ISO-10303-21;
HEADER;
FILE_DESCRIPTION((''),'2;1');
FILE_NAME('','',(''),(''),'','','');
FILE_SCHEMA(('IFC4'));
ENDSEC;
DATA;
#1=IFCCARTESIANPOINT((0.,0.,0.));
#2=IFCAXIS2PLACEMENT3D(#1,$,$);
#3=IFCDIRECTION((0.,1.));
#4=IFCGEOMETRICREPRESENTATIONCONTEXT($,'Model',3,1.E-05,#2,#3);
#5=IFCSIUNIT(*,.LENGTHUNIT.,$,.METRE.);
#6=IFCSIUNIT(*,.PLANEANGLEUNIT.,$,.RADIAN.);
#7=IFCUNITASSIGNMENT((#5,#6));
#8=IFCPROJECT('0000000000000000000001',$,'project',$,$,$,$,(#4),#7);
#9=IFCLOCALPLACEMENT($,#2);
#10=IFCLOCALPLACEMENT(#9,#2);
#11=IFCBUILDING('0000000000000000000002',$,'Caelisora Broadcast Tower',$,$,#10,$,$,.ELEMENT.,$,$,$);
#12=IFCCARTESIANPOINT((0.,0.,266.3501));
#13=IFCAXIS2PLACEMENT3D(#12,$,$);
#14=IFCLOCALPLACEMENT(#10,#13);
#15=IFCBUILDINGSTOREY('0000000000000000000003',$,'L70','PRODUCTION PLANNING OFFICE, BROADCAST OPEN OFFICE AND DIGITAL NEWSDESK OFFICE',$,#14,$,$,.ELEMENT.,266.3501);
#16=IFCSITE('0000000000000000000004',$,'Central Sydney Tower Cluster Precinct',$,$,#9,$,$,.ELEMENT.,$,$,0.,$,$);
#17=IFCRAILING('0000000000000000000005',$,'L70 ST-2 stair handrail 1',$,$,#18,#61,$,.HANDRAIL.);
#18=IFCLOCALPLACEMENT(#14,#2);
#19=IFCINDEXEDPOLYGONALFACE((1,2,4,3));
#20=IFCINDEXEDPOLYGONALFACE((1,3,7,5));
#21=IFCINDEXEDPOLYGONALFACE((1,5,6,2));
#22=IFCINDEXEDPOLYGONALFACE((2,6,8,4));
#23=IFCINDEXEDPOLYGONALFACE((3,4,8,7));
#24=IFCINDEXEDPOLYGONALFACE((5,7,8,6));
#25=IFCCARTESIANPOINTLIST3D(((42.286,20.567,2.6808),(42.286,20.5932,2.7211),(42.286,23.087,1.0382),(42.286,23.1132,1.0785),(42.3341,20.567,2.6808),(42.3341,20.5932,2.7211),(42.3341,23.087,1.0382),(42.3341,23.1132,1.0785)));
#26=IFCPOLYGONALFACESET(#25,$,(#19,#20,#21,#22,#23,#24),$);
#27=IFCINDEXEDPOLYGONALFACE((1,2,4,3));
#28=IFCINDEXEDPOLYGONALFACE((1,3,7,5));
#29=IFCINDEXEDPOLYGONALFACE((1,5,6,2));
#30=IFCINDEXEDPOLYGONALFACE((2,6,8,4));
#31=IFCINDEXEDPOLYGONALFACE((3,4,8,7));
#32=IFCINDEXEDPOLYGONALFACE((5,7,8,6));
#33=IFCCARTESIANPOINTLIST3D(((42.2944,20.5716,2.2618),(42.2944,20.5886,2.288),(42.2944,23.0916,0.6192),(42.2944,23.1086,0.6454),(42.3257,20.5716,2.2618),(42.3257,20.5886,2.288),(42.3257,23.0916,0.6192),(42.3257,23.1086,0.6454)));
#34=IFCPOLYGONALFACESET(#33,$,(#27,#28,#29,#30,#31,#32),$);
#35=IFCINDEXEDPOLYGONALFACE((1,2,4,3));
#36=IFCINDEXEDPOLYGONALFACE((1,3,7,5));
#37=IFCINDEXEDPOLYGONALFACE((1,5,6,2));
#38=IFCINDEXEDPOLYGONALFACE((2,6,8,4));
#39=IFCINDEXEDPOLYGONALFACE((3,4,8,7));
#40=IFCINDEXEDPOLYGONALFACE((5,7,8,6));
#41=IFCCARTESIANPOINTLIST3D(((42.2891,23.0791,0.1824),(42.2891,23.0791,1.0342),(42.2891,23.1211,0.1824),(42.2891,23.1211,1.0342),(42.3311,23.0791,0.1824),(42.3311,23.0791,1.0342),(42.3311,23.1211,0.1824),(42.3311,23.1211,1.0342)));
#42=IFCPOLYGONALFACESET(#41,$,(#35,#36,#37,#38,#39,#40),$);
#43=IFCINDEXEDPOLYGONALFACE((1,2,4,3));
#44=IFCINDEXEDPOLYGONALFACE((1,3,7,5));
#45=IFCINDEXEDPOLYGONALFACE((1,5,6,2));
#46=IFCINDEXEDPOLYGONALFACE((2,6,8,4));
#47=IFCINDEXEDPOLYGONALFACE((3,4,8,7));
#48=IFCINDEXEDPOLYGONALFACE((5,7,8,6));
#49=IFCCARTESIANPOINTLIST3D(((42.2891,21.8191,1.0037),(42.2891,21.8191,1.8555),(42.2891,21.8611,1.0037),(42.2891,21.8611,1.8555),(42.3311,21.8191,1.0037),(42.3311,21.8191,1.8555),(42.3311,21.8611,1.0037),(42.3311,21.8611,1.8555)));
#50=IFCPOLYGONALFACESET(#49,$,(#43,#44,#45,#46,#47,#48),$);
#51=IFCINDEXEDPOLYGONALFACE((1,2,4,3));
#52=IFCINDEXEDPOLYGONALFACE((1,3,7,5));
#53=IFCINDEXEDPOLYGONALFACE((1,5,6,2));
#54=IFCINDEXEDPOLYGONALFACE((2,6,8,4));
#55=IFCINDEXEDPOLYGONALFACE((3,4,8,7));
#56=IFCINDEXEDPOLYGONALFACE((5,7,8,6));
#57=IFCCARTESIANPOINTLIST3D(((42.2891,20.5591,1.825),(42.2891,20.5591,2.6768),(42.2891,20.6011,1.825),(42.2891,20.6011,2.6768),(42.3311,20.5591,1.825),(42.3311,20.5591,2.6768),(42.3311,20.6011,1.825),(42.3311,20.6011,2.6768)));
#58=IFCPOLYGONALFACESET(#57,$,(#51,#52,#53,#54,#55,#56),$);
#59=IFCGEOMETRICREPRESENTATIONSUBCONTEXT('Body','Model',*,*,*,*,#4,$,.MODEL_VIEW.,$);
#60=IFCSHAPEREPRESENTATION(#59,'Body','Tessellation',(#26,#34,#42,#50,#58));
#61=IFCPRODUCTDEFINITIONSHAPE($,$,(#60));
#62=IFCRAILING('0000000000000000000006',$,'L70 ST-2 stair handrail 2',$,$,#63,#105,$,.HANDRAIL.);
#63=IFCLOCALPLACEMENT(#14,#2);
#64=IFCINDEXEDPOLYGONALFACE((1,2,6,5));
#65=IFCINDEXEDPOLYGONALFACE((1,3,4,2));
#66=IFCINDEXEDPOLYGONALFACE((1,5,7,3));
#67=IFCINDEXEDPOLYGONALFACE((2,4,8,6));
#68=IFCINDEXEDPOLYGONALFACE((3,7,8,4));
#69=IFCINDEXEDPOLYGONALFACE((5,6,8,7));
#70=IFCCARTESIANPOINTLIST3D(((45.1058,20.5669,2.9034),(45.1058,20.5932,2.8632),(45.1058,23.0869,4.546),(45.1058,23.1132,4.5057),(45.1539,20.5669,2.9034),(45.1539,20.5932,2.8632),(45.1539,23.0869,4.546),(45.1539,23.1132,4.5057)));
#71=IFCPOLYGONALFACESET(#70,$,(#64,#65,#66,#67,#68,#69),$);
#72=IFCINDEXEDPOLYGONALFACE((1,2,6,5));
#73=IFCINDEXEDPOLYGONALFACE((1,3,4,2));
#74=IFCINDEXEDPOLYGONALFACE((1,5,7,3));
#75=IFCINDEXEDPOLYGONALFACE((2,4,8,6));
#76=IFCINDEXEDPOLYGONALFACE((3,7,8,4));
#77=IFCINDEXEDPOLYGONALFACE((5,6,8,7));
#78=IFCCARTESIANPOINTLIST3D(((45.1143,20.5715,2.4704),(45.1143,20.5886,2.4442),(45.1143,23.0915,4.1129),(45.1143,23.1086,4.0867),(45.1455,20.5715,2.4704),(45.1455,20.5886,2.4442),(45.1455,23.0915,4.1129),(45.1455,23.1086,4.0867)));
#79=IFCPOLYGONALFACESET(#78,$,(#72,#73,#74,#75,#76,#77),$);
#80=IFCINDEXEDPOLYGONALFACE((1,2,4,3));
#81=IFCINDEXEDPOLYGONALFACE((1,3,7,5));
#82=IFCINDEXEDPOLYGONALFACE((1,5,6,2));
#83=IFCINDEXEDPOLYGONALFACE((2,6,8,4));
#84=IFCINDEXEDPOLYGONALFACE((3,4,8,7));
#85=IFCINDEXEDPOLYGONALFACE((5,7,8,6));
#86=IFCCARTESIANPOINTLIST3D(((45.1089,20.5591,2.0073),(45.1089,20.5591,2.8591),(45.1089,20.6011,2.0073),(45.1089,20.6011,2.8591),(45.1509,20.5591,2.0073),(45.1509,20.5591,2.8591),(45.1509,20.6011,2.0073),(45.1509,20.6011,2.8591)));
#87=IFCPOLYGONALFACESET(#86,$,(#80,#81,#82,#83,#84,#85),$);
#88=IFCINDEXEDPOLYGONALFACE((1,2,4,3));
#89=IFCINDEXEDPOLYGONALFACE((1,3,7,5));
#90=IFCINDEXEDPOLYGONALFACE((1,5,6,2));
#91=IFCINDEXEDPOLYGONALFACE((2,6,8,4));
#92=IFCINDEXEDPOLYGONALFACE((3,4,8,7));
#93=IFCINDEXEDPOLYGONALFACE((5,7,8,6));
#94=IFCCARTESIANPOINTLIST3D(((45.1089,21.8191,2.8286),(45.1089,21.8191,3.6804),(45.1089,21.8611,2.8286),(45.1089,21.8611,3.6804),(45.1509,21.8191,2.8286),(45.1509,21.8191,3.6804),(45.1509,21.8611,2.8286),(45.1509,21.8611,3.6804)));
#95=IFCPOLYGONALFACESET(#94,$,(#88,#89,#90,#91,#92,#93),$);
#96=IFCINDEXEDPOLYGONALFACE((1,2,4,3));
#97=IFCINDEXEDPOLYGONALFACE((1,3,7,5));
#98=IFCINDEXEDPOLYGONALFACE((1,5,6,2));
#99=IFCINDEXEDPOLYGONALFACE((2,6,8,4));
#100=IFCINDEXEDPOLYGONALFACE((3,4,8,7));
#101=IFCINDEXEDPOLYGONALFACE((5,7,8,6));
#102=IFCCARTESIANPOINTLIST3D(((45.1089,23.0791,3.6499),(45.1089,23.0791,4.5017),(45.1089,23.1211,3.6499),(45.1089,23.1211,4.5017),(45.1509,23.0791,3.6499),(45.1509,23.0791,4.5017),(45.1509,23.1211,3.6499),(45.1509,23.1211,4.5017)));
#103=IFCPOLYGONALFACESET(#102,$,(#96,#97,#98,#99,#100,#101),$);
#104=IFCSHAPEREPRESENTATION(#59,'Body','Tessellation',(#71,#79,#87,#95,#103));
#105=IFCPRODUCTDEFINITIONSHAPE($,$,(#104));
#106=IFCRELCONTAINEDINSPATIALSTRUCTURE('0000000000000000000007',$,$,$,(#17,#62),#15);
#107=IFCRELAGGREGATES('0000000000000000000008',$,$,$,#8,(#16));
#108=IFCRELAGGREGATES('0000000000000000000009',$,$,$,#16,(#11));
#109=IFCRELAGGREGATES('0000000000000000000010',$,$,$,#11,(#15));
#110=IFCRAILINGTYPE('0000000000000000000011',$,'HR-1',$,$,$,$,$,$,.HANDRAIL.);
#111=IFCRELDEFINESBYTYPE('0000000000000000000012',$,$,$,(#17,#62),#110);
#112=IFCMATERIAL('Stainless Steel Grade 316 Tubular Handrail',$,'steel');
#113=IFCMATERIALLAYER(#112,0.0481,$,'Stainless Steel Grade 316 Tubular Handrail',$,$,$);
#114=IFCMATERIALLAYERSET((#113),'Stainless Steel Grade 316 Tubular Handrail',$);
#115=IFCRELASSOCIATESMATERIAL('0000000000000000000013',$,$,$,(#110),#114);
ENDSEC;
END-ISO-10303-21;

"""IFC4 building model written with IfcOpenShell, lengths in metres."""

from ifc_helpers import new_model, si_unit, direction, frame, origin, origin_2d, place, context, subcontext, project, spatial, rectangle, extrude, material, layer, layer_set, type_object, element, save


model = new_model("IFC4")

# Units and contexts
model_context = context("Model", 3, precision=1e-05, world=origin(), true_north=direction((0.0, 1.0)))
body_context = subcontext(model_context, "Body", "Model", "MODEL_VIEW")
ifc_project = project(units=[si_unit("LENGTHUNIT", "METRE"), si_unit("PLANEANGLEUNIT", "RADIAN")], contexts=[model_context])

# Site, building, storey
site_placement = place(None, origin())
site = spatial("IfcSite", under=ifc_project, at=site_placement, Name="Central Sydney Tower Cluster Precinct", CompositionType="ELEMENT", RefElevation=0.0)
building_placement = place(site_placement, origin())
building = spatial("IfcBuilding", under=site, at=building_placement, Name="Caelisora Broadcast Tower", CompositionType="ELEMENT")
storey_placement = place(building_placement, frame((0.0, 0.0, 266.3501)))
storey = spatial("IfcBuildingStorey", under=building, at=storey_placement, Name="L70", Description="PRODUCTION PLANNING OFFICE, BROADCAST OPEN OFFICE AND DIGITAL NEWSDESK OFFICE", CompositionType="ELEMENT", Elevation=266.3501)

# Railings
ifc_material_1 = material(Name="Stainless Steel Grade 316 Tubular Handrail", Category="steel")
ifc_layer_1 = layer(ifc_material_1, 0.0481, Name="Stainless Steel Grade 316 Tubular Handrail")
ifc_layer_set_1 = layer_set([ifc_layer_1], Name="Stainless Steel Grade 316 Tubular Handrail")
railing_type_1 = type_object("IfcRailingType", Name="HR-1", PredefinedType="HANDRAIL", material=ifc_layer_set_1)
railing_1_placement = place(storey_placement, frame((42.3101, 23.1001, 0.1824)))
element("IfcRailing", 1, at=railing_1_placement, inside=storey, type_object=railing_type_1, Name="L70 ST-2 stair handrail 1", PredefinedType="HANDRAIL", context=body_context, shape_type="SweptSolid", body=[
    extrude(rectangle(XDim=0.0481, YDim=0.0481, at=origin_2d()), frame((0.0, 0.0, 0.876), z_axis=(0.0, -0.837749, 0.546055), x_axis=(1.0, 0.0, 0.0)), (0.0, 0.0, 1.0), 3.0081),
    extrude(rectangle(XDim=0.0312, YDim=0.0312, at=origin_2d()), frame((0.0, 0.0, 0.45), z_axis=(0.0, -0.837749, 0.546055), x_axis=(1.0, 0.0, 0.0)), (0.0, 0.0, 1.0), 3.0081),
    extrude(rectangle(XDim=0.042, YDim=0.042, at=origin_2d()), origin(), (0.0, 0.0, 1.0), 0.8518),
    extrude(rectangle(XDim=0.042, YDim=0.042, at=origin_2d()), frame((0.0, -1.26, 0.8213)), (0.0, 0.0, 1.0), 0.8518),
    extrude(rectangle(XDim=0.042, YDim=0.042, at=origin_2d()), frame((0.0, -2.52, 1.6426)), (0.0, 0.0, 1.0), 0.8518),
])
railing_2_placement = place(storey_placement, frame((45.1299, 20.5801, 2.0073)))
element("IfcRailing", 2, at=railing_2_placement, inside=storey, type_object=railing_type_1, Name="L70 ST-2 stair handrail 2", PredefinedType="HANDRAIL", context=body_context, shape_type="SweptSolid", body=[
    extrude(rectangle(XDim=0.0481, YDim=0.0481, at=origin_2d()), frame((0.0, 0.0, 0.876), z_axis=(0.0, 0.837749, 0.546055), x_axis=(-1.0, 0.0, 0.0)), (0.0, 0.0, 1.0), 3.0081),
    extrude(rectangle(XDim=0.0312, YDim=0.0312, at=origin_2d()), frame((0.0, 0.0, 0.45), z_axis=(0.0, 0.837749, 0.546055), x_axis=(-1.0, 0.0, 0.0)), (0.0, 0.0, 1.0), 3.0081),
    extrude(rectangle(XDim=0.042, YDim=0.042, at=origin_2d()), origin(), (0.0, 0.0, 1.0), 0.8518),
    extrude(rectangle(XDim=0.042, YDim=0.042, at=origin_2d()), frame((0.0, 1.26, 0.8213)), (0.0, 0.0, 1.0), 0.8518),
    extrude(rectangle(XDim=0.042, YDim=0.042, at=origin_2d()), frame((0.0, 2.52, 1.6426)), (0.0, 0.0, 1.0), 0.8518),
])

save(model, "model.ifc")
